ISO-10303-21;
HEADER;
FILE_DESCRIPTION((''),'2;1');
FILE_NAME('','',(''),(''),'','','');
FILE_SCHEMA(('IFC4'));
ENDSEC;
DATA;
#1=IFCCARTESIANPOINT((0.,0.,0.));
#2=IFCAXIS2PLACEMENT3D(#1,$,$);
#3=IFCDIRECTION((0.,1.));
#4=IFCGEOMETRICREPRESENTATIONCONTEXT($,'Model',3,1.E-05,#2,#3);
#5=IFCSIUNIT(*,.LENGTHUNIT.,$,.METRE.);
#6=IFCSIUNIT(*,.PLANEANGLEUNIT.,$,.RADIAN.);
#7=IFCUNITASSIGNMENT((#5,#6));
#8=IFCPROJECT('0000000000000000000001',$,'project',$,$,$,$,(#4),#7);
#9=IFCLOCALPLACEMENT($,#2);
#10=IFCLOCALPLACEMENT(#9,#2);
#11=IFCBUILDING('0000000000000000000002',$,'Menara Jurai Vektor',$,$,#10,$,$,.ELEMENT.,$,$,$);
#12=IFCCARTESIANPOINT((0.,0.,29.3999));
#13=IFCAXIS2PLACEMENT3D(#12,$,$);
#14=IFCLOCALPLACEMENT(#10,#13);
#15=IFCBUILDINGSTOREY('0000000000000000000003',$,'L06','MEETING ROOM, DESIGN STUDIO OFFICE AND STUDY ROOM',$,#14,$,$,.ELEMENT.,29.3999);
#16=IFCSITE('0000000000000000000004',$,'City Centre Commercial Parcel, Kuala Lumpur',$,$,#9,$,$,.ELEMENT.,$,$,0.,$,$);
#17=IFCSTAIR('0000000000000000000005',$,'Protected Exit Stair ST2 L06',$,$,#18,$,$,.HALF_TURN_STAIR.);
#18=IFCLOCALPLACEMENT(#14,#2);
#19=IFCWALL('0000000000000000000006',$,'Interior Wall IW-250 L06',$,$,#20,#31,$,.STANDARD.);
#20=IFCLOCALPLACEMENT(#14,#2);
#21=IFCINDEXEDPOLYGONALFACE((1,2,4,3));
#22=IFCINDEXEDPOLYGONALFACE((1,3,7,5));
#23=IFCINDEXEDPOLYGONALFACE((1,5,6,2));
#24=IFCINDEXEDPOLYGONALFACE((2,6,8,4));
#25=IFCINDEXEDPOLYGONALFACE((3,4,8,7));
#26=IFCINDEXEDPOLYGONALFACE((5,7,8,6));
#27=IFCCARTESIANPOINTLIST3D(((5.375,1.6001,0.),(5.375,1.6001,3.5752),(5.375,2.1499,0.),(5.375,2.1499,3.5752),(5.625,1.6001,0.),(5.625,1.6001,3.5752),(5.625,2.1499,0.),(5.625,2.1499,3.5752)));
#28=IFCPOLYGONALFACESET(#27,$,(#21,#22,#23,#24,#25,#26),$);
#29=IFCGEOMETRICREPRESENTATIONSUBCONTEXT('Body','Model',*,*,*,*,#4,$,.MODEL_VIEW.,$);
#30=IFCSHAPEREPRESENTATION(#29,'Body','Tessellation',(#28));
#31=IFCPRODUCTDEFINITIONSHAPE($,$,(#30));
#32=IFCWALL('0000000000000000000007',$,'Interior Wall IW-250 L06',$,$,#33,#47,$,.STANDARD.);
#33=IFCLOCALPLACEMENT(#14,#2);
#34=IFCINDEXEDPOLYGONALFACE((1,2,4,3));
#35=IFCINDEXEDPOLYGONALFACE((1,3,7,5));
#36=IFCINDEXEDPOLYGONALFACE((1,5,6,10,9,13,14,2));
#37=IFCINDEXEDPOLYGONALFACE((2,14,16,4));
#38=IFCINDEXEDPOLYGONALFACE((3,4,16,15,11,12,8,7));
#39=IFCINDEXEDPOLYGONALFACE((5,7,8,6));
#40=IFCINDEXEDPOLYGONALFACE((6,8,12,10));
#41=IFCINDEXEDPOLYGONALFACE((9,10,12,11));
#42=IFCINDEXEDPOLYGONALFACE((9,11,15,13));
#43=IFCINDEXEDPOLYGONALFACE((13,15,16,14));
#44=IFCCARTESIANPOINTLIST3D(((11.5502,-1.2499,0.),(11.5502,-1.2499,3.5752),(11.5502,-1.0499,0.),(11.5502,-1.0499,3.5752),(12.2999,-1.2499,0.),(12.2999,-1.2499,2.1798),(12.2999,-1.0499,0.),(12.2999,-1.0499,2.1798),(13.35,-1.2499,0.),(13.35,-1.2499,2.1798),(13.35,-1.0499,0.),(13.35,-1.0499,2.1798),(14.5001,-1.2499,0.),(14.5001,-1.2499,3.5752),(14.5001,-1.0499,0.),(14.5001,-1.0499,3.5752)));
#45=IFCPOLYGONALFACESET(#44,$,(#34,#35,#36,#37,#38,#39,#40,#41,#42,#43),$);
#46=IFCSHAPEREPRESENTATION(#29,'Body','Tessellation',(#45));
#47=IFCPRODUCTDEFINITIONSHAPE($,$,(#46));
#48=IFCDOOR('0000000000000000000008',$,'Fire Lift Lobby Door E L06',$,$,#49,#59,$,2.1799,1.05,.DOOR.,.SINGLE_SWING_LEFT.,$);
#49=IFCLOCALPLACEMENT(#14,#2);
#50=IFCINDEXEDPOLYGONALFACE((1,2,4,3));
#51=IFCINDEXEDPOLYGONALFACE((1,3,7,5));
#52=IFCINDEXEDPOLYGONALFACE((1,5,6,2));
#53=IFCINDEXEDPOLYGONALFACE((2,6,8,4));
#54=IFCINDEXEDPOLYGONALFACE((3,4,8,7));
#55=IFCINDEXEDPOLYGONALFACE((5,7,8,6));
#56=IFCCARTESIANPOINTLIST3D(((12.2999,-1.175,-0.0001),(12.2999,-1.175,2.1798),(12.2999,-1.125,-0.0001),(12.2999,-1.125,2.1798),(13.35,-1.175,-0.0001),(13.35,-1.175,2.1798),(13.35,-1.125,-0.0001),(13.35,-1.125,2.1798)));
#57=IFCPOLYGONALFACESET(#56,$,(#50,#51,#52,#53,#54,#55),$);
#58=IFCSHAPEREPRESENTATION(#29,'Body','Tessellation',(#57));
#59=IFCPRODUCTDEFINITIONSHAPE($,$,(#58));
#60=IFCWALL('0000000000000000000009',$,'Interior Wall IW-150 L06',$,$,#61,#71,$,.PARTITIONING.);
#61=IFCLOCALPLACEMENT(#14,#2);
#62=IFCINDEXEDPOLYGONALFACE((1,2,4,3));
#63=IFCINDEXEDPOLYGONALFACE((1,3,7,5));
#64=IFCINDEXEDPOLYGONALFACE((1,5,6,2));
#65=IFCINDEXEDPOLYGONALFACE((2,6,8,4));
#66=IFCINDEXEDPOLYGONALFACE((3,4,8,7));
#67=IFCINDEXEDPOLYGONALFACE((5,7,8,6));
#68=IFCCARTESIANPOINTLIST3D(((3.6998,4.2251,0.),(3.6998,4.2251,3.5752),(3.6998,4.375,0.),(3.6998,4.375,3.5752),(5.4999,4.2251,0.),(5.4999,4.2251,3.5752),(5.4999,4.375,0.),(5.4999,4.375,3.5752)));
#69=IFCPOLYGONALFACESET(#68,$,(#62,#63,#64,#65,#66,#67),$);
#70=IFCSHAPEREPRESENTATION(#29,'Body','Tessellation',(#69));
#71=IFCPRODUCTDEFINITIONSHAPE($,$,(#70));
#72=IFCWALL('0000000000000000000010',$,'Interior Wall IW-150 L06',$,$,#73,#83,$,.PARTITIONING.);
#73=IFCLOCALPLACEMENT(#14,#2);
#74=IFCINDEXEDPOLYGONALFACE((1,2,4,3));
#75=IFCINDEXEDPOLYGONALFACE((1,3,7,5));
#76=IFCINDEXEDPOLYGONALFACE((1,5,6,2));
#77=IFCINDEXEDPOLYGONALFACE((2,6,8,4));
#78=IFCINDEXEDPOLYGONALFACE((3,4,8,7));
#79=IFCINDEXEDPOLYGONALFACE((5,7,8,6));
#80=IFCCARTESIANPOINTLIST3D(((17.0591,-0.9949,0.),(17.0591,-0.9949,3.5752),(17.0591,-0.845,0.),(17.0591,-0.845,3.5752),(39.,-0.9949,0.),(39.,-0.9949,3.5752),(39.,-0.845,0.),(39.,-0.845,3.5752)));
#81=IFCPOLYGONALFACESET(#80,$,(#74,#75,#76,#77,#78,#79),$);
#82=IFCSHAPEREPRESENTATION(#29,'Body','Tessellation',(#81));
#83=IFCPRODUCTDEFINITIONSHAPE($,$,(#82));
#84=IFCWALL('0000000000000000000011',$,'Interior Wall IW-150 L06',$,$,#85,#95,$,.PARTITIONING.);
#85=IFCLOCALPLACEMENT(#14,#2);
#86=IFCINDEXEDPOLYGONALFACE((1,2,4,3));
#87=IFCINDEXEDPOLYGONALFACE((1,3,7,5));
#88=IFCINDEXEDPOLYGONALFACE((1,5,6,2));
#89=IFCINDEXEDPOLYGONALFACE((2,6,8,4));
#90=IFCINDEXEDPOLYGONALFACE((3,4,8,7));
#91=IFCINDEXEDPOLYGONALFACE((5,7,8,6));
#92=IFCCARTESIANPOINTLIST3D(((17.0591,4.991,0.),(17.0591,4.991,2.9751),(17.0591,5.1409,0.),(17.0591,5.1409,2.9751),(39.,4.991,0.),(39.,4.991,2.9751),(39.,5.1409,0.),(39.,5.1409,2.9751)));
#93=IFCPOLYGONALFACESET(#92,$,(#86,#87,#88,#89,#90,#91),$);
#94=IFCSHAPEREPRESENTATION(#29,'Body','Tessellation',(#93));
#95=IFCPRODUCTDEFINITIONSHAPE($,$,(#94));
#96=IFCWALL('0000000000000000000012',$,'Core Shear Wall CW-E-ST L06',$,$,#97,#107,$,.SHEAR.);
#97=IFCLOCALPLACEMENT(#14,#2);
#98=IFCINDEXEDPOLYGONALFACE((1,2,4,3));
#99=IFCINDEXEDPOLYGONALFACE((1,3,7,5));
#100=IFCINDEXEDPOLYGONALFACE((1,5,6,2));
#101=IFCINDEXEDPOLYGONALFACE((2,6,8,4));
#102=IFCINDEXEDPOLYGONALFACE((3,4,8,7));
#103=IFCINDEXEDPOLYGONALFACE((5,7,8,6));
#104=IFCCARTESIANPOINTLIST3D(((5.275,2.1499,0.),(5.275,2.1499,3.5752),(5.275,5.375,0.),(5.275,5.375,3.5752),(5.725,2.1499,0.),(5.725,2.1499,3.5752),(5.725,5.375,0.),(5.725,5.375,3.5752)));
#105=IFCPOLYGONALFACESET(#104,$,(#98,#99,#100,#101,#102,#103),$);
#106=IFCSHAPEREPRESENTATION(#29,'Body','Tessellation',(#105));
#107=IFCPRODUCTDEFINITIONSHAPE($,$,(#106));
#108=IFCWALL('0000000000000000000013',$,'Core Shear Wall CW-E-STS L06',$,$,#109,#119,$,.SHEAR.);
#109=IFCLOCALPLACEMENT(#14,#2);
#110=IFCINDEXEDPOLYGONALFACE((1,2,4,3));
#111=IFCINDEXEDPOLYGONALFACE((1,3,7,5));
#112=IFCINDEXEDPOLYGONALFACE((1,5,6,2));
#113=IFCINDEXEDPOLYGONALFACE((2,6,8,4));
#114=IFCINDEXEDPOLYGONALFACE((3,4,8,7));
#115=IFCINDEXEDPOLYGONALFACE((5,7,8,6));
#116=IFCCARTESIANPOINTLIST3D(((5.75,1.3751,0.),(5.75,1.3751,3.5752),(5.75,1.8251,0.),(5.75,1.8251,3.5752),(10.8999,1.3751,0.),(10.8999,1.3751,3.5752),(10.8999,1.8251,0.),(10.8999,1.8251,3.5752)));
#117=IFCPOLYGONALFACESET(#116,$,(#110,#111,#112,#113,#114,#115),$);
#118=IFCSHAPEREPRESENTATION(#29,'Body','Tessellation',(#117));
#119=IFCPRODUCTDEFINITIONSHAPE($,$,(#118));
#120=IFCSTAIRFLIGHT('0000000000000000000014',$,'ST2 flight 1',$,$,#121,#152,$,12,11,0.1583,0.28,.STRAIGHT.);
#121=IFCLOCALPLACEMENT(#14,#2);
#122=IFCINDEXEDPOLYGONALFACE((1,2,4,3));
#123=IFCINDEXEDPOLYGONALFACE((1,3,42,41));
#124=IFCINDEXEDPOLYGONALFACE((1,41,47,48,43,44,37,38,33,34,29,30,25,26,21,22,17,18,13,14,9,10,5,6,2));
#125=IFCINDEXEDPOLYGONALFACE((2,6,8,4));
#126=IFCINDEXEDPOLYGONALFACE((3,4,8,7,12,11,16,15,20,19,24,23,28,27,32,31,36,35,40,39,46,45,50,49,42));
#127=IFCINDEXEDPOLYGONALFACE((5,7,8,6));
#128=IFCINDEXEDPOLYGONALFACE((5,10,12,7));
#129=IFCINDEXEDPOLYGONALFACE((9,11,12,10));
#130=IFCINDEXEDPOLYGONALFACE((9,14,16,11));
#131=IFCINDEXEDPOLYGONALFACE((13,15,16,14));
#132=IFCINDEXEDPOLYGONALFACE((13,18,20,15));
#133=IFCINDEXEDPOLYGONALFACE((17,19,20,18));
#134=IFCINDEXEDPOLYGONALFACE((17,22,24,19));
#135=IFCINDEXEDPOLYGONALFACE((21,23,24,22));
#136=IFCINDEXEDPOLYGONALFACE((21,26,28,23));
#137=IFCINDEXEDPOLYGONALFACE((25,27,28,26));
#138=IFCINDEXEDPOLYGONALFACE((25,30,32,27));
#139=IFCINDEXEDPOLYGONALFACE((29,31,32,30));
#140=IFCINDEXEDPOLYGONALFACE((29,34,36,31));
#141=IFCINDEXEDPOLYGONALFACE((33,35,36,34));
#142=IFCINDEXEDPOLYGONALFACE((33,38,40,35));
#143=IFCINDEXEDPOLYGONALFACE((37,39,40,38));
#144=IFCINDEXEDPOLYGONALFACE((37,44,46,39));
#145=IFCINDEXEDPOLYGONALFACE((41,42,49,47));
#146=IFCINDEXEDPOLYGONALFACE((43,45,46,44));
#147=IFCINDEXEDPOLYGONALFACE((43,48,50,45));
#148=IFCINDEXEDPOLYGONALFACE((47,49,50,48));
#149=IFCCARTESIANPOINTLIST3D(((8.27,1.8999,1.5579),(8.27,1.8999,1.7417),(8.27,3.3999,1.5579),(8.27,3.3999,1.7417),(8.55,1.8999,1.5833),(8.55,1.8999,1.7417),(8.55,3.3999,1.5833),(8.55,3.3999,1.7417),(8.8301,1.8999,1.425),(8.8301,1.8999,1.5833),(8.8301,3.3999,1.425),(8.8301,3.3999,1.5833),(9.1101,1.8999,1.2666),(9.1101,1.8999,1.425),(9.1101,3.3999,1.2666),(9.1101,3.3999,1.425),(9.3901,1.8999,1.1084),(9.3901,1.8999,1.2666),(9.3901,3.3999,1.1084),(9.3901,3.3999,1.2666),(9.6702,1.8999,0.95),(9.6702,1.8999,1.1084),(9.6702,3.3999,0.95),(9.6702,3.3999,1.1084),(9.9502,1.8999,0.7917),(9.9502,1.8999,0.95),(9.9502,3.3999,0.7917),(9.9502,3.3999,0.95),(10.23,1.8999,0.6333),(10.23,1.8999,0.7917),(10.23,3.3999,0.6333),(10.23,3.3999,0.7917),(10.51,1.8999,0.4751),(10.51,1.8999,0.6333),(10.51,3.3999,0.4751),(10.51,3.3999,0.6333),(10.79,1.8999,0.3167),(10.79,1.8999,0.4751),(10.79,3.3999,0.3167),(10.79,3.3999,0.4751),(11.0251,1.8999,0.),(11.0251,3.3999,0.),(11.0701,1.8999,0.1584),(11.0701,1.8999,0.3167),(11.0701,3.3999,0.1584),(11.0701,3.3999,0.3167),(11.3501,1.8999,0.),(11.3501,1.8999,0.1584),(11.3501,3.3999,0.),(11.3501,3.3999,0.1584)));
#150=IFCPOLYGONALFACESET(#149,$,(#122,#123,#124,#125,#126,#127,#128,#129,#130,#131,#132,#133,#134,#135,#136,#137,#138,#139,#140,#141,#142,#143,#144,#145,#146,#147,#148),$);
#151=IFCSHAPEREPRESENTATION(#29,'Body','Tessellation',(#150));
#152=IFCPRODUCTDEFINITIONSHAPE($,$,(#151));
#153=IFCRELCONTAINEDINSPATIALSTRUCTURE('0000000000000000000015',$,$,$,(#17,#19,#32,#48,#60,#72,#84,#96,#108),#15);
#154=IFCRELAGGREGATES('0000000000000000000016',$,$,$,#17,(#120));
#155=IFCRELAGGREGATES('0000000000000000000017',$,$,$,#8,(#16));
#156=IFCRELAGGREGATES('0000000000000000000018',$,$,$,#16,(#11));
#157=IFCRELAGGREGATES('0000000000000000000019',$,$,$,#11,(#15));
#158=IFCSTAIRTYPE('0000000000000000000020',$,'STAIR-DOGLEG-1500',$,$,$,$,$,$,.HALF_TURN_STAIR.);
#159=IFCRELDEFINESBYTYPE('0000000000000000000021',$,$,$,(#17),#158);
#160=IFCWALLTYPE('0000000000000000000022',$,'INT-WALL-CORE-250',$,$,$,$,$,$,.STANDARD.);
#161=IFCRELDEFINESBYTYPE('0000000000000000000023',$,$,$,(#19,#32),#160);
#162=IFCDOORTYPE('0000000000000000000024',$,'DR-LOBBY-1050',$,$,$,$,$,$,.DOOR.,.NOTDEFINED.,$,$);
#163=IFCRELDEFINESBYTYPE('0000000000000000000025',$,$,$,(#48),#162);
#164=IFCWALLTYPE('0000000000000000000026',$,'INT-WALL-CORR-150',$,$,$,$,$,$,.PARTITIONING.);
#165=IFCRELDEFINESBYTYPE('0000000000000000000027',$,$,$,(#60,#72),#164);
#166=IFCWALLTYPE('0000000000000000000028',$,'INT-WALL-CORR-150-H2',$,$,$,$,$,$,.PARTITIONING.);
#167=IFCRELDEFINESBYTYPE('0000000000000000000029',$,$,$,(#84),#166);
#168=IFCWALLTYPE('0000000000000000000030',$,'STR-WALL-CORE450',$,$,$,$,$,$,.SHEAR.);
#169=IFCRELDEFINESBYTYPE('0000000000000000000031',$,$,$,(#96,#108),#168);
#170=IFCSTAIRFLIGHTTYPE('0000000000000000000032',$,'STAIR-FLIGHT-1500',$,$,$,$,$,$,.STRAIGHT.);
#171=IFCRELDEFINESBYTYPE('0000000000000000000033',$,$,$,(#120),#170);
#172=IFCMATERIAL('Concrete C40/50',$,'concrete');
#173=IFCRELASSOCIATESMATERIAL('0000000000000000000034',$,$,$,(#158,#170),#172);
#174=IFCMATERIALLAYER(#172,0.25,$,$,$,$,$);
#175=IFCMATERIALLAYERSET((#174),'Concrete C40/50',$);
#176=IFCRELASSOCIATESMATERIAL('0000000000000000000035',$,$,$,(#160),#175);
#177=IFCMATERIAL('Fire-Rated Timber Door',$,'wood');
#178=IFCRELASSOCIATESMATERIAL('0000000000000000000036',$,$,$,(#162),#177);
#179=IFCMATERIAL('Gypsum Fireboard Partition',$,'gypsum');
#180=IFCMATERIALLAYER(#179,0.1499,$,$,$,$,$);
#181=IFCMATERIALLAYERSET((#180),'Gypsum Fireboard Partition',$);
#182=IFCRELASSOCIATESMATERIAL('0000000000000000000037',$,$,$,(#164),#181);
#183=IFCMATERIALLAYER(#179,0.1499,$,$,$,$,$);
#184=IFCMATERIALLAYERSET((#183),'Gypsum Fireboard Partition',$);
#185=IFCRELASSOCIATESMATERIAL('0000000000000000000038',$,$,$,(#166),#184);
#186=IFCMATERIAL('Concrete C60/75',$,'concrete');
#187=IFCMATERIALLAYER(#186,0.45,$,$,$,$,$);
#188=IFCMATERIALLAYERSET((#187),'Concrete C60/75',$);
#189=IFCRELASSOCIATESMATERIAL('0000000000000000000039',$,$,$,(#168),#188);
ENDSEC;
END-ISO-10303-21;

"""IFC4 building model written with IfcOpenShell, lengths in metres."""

from ifc_helpers import new_model, si_unit, direction, frame, frame_2d, origin, place, context, subcontext, project, spatial, polyline, rectangle, outline, extrude, material, layer, layer_set, type_object, element, fill, aggregate, save


model = new_model("IFC4")

# Units and contexts
model_context = context("Model", 3, precision=1e-05, world=origin(), true_north=direction((0.0, 1.0)))
body_context = subcontext(model_context, "Body", "Model", "MODEL_VIEW")
ifc_project = project(units=[si_unit("LENGTHUNIT", "METRE"), si_unit("PLANEANGLEUNIT", "RADIAN")], contexts=[model_context])

# Site, building, storey
site_placement = place(None, origin())
site = spatial("IfcSite", under=ifc_project, at=site_placement, Name="City Centre Commercial Parcel, Kuala Lumpur", CompositionType="ELEMENT", RefElevation=0.0)
building_placement = place(site_placement, origin())
building = spatial("IfcBuilding", under=site, at=building_placement, Name="Menara Jurai Vektor", CompositionType="ELEMENT")
storey_placement = place(building_placement, frame((0.0, 0.0, 29.3999)))
storey = spatial("IfcBuildingStorey", under=building, at=storey_placement, Name="L06", Description="MEETING ROOM, DESIGN STUDIO OFFICE AND STUDY ROOM", CompositionType="ELEMENT", Elevation=29.3999)

# Shared definitions
ifc_material_1 = material(Name="Concrete C60/75", Category="concrete")

# Stair
ifc_material_2 = material(Name="Concrete C40/50", Category="concrete")
stair_type = type_object("IfcStairType", Name="STAIR-DOGLEG-1500", PredefinedType="HALF_TURN_STAIR", material=ifc_material_2)
stair_1_placement = place(storey_placement, origin())
stair_1 = element("IfcStair", 1, at=stair_1_placement, inside=storey, type_object=stair_type, Name="Protected Exit Stair ST2 L06", PredefinedType="HALF_TURN_STAIR")

# Shared definitions
ifc_layer_1 = layer(ifc_material_2, 0.25)
ifc_layer_set_1 = layer_set([ifc_layer_1], Name="Concrete C40/50")
wall_type_1 = type_object("IfcWallType", Name="INT-WALL-CORE-250", PredefinedType="STANDARD", material=ifc_layer_set_1)

# Wall
wall_1_placement = place(storey_placement, frame((5.5, 1.6001, 0.0), z_axis=(0.0, 0.0, 1.0), x_axis=(0.0, 1.0, 0.0)))
element("IfcWall", 2, at=wall_1_placement, inside=storey, type_object=wall_type_1, Name="Interior Wall IW-250 L06", PredefinedType="STANDARD", context=body_context, shape_type="SweptSolid", body=[
    extrude(rectangle(XDim=0.5498, YDim=0.25, at=frame_2d((0.2749, 0.0))), origin(), (0.0, 0.0, 1.0), 3.5752),
])

# Wall, opening, door
wall_2_placement = place(storey_placement, frame((11.55, -1.1499, 0.0), z_axis=(0.0, 0.0, 1.0), x_axis=(1.0, 0.0, 0.0)))
wall_2 = element("IfcWall", 3, at=wall_2_placement, inside=storey, type_object=wall_type_1, Name="Interior Wall IW-250 L06", PredefinedType="STANDARD", context=body_context, shape_type="SweptSolid", body=[
    extrude(rectangle(XDim=2.95, YDim=0.2, at=frame_2d((1.4751, 0.0))), origin(), (0.0, 0.0, 1.0), 3.5752),
])
opening_1_placement = place(wall_2_placement, frame((0.75, 0.0, 0.0)))
opening_1 = element("IfcOpeningElement", 4, at=opening_1_placement, cuts=wall_2, PredefinedType="OPENING", context=body_context, shape_type="SweptSolid", body=[
    extrude(rectangle(XDim=1.05, YDim=2.1799, at=frame_2d((0.5249, 1.0898))), frame((0.0, 0.1099, 0.0), z_axis=(0.0, -1.0, 0.0), x_axis=(1.0, 0.0, 0.0)), (0.0, 0.0, 1.0), 0.22),
])
ifc_material_3 = material(Name="Fire-Rated Timber Door", Category="wood")
door_type_1 = type_object("IfcDoorType", Name="DR-LOBBY-1050", OperationType="NOTDEFINED", PredefinedType="DOOR", material=ifc_material_3)
door_1_placement = place(opening_1_placement, origin())
door_1 = element("IfcDoor", 5, at=door_1_placement, inside=storey, type_object=door_type_1, Name="Fire Lift Lobby Door E L06", OperationType="SINGLE_SWING_LEFT", OverallHeight=2.1799, OverallWidth=1.05, PredefinedType="DOOR", context=body_context, shape_type="SweptSolid", body=[
    extrude(rectangle(XDim=1.05, YDim=2.1799, at=frame_2d((0.5249, 1.0898))), frame((0.0, 0.0249, 0.0), z_axis=(0.0, -1.0, 0.0), x_axis=(1.0, 0.0, 0.0)), (0.0, 0.0, 1.0), 0.05),
])
fill(opening_1, door_1)

# Walls
ifc_material_4 = material(Name="Gypsum Fireboard Partition", Category="gypsum")
ifc_layer_2 = layer(ifc_material_4, 0.1499)
ifc_layer_set_2 = layer_set([ifc_layer_2], Name="Gypsum Fireboard Partition")
wall_type_2 = type_object("IfcWallType", Name="INT-WALL-CORR-150", PredefinedType="PARTITIONING", material=ifc_layer_set_2)
wall_3_placement = place(storey_placement, frame((3.7, 4.3, 0.0), z_axis=(0.0, 0.0, 1.0), x_axis=(1.0, 0.0, 0.0)))
element("IfcWall", 6, at=wall_3_placement, inside=storey, type_object=wall_type_2, Name="Interior Wall IW-150 L06", PredefinedType="PARTITIONING", context=body_context, shape_type="SweptSolid", body=[
    extrude(rectangle(XDim=1.8, YDim=0.1499, at=frame_2d((0.8999, 0.0))), origin(), (0.0, 0.0, 1.0), 3.5752),
])
wall_4_placement = place(storey_placement, frame((17.0591, -0.9199, 0.0), z_axis=(0.0, 0.0, 1.0), x_axis=(1.0, 0.0, 0.0)))
element("IfcWall", 7, at=wall_4_placement, inside=storey, type_object=wall_type_2, Name="Interior Wall IW-150 L06", PredefinedType="PARTITIONING", context=body_context, shape_type="SweptSolid", body=[
    extrude(rectangle(XDim=21.9409, YDim=0.1499, at=frame_2d((10.9705, 0.0))), origin(), (0.0, 0.0, 1.0), 3.5752),
])

# Walls
ifc_layer_3 = layer(ifc_material_4, 0.1499)
ifc_layer_set_3 = layer_set([ifc_layer_3], Name="Gypsum Fireboard Partition")
wall_type_3 = type_object("IfcWallType", Name="INT-WALL-CORR-150-H2", PredefinedType="PARTITIONING", material=ifc_layer_set_3)
wall_5_placement = place(storey_placement, frame((17.0591, 5.0659, 0.0), z_axis=(0.0, 0.0, 1.0), x_axis=(1.0, 0.0, 0.0)))
element("IfcWall", 8, at=wall_5_placement, inside=storey, type_object=wall_type_3, Name="Interior Wall IW-150 L06", PredefinedType="PARTITIONING", context=body_context, shape_type="SweptSolid", body=[
    extrude(rectangle(XDim=21.9409, YDim=0.1499, at=frame_2d((10.9705, 0.0))), origin(), (0.0, 0.0, 1.0), 2.9751),
])
ifc_layer_4 = layer(ifc_material_1, 0.45)
ifc_layer_set_4 = layer_set([ifc_layer_4], Name="Concrete C60/75")
wall_type_4 = type_object("IfcWallType", Name="STR-WALL-CORE450", PredefinedType="SHEAR", material=ifc_layer_set_4)
wall_6_placement = place(storey_placement, frame((5.5, 2.1499, 0.0), z_axis=(0.0, 0.0, 1.0), x_axis=(0.0, 1.0, 0.0)))
element("IfcWall", 9, at=wall_6_placement, inside=storey, type_object=wall_type_4, Name="Core Shear Wall CW-E-ST L06", PredefinedType="SHEAR", context=body_context, shape_type="SweptSolid", body=[
    extrude(rectangle(XDim=3.2251, YDim=0.45, at=frame_2d((1.6125, 0.0))), origin(), (0.0, 0.0, 1.0), 3.5752),
])
wall_7_placement = place(storey_placement, frame((5.75, 1.6001, 0.0), z_axis=(0.0, 0.0, 1.0), x_axis=(1.0, 0.0, 0.0)))
element("IfcWall", 10, at=wall_7_placement, inside=storey, type_object=wall_type_4, Name="Core Shear Wall CW-E-STS L06", PredefinedType="SHEAR", context=body_context, shape_type="SweptSolid", body=[
    extrude(rectangle(XDim=5.1499, YDim=0.45, at=frame_2d((2.575, 0.0))), origin(), (0.0, 0.0, 1.0), 3.5752),
])

# Stair flight
stair_flight_type = type_object("IfcStairFlightType", Name="STAIR-FLIGHT-1500", PredefinedType="STRAIGHT", material=ifc_material_2)
stair_flight_1_placement = place(storey_placement, frame((11.3501, 2.6499, 0.0), z_axis=(0.0, 0.0, 1.0), x_axis=(-1.0, 0.0, 0.0)))
stair_flight_1 = element("IfcStairFlight", 11, at=stair_flight_1_placement, type_object=stair_flight_type, Name="ST2 flight 1", NumberOfRisers=12, NumberOfTreads=11, PredefinedType="STRAIGHT", RiserHeight=0.1583, TreadLength=0.28, context=body_context, shape_type="SweptSolid", body=[
    extrude(outline(polyline([(0.0, 0.0), (0.0, 0.1584), (0.28, 0.1584), (0.28, 0.3167), (0.5601, 0.3167), (0.5601, 0.4751), (0.8401, 0.4751), (0.8401, 0.6333), (1.1201, 0.6333), (1.1201, 0.7917), (1.3999, 0.7917), (1.3999, 0.95), (1.6799, 0.95), (1.6799, 1.1084), (1.96, 1.1084), (1.96, 1.2666), (2.24, 1.2666), (2.24, 1.425), (2.52, 1.425), (2.52, 1.5833), (2.8, 1.5833), (2.8, 1.7417), (3.0801, 1.7417), (3.0801, 1.8999), (3.0801, 1.5579), (0.325, 0.0), (0.0, 0.0)])), frame((0.0, 0.75, 0.0), z_axis=(0.0, -1.0, 0.0), x_axis=(1.0, 0.0, 0.0)), (0.0, 0.0, 1.0), 1.5),
])
aggregate(stair_1, [stair_flight_1])

save(model, "model.ifc")
